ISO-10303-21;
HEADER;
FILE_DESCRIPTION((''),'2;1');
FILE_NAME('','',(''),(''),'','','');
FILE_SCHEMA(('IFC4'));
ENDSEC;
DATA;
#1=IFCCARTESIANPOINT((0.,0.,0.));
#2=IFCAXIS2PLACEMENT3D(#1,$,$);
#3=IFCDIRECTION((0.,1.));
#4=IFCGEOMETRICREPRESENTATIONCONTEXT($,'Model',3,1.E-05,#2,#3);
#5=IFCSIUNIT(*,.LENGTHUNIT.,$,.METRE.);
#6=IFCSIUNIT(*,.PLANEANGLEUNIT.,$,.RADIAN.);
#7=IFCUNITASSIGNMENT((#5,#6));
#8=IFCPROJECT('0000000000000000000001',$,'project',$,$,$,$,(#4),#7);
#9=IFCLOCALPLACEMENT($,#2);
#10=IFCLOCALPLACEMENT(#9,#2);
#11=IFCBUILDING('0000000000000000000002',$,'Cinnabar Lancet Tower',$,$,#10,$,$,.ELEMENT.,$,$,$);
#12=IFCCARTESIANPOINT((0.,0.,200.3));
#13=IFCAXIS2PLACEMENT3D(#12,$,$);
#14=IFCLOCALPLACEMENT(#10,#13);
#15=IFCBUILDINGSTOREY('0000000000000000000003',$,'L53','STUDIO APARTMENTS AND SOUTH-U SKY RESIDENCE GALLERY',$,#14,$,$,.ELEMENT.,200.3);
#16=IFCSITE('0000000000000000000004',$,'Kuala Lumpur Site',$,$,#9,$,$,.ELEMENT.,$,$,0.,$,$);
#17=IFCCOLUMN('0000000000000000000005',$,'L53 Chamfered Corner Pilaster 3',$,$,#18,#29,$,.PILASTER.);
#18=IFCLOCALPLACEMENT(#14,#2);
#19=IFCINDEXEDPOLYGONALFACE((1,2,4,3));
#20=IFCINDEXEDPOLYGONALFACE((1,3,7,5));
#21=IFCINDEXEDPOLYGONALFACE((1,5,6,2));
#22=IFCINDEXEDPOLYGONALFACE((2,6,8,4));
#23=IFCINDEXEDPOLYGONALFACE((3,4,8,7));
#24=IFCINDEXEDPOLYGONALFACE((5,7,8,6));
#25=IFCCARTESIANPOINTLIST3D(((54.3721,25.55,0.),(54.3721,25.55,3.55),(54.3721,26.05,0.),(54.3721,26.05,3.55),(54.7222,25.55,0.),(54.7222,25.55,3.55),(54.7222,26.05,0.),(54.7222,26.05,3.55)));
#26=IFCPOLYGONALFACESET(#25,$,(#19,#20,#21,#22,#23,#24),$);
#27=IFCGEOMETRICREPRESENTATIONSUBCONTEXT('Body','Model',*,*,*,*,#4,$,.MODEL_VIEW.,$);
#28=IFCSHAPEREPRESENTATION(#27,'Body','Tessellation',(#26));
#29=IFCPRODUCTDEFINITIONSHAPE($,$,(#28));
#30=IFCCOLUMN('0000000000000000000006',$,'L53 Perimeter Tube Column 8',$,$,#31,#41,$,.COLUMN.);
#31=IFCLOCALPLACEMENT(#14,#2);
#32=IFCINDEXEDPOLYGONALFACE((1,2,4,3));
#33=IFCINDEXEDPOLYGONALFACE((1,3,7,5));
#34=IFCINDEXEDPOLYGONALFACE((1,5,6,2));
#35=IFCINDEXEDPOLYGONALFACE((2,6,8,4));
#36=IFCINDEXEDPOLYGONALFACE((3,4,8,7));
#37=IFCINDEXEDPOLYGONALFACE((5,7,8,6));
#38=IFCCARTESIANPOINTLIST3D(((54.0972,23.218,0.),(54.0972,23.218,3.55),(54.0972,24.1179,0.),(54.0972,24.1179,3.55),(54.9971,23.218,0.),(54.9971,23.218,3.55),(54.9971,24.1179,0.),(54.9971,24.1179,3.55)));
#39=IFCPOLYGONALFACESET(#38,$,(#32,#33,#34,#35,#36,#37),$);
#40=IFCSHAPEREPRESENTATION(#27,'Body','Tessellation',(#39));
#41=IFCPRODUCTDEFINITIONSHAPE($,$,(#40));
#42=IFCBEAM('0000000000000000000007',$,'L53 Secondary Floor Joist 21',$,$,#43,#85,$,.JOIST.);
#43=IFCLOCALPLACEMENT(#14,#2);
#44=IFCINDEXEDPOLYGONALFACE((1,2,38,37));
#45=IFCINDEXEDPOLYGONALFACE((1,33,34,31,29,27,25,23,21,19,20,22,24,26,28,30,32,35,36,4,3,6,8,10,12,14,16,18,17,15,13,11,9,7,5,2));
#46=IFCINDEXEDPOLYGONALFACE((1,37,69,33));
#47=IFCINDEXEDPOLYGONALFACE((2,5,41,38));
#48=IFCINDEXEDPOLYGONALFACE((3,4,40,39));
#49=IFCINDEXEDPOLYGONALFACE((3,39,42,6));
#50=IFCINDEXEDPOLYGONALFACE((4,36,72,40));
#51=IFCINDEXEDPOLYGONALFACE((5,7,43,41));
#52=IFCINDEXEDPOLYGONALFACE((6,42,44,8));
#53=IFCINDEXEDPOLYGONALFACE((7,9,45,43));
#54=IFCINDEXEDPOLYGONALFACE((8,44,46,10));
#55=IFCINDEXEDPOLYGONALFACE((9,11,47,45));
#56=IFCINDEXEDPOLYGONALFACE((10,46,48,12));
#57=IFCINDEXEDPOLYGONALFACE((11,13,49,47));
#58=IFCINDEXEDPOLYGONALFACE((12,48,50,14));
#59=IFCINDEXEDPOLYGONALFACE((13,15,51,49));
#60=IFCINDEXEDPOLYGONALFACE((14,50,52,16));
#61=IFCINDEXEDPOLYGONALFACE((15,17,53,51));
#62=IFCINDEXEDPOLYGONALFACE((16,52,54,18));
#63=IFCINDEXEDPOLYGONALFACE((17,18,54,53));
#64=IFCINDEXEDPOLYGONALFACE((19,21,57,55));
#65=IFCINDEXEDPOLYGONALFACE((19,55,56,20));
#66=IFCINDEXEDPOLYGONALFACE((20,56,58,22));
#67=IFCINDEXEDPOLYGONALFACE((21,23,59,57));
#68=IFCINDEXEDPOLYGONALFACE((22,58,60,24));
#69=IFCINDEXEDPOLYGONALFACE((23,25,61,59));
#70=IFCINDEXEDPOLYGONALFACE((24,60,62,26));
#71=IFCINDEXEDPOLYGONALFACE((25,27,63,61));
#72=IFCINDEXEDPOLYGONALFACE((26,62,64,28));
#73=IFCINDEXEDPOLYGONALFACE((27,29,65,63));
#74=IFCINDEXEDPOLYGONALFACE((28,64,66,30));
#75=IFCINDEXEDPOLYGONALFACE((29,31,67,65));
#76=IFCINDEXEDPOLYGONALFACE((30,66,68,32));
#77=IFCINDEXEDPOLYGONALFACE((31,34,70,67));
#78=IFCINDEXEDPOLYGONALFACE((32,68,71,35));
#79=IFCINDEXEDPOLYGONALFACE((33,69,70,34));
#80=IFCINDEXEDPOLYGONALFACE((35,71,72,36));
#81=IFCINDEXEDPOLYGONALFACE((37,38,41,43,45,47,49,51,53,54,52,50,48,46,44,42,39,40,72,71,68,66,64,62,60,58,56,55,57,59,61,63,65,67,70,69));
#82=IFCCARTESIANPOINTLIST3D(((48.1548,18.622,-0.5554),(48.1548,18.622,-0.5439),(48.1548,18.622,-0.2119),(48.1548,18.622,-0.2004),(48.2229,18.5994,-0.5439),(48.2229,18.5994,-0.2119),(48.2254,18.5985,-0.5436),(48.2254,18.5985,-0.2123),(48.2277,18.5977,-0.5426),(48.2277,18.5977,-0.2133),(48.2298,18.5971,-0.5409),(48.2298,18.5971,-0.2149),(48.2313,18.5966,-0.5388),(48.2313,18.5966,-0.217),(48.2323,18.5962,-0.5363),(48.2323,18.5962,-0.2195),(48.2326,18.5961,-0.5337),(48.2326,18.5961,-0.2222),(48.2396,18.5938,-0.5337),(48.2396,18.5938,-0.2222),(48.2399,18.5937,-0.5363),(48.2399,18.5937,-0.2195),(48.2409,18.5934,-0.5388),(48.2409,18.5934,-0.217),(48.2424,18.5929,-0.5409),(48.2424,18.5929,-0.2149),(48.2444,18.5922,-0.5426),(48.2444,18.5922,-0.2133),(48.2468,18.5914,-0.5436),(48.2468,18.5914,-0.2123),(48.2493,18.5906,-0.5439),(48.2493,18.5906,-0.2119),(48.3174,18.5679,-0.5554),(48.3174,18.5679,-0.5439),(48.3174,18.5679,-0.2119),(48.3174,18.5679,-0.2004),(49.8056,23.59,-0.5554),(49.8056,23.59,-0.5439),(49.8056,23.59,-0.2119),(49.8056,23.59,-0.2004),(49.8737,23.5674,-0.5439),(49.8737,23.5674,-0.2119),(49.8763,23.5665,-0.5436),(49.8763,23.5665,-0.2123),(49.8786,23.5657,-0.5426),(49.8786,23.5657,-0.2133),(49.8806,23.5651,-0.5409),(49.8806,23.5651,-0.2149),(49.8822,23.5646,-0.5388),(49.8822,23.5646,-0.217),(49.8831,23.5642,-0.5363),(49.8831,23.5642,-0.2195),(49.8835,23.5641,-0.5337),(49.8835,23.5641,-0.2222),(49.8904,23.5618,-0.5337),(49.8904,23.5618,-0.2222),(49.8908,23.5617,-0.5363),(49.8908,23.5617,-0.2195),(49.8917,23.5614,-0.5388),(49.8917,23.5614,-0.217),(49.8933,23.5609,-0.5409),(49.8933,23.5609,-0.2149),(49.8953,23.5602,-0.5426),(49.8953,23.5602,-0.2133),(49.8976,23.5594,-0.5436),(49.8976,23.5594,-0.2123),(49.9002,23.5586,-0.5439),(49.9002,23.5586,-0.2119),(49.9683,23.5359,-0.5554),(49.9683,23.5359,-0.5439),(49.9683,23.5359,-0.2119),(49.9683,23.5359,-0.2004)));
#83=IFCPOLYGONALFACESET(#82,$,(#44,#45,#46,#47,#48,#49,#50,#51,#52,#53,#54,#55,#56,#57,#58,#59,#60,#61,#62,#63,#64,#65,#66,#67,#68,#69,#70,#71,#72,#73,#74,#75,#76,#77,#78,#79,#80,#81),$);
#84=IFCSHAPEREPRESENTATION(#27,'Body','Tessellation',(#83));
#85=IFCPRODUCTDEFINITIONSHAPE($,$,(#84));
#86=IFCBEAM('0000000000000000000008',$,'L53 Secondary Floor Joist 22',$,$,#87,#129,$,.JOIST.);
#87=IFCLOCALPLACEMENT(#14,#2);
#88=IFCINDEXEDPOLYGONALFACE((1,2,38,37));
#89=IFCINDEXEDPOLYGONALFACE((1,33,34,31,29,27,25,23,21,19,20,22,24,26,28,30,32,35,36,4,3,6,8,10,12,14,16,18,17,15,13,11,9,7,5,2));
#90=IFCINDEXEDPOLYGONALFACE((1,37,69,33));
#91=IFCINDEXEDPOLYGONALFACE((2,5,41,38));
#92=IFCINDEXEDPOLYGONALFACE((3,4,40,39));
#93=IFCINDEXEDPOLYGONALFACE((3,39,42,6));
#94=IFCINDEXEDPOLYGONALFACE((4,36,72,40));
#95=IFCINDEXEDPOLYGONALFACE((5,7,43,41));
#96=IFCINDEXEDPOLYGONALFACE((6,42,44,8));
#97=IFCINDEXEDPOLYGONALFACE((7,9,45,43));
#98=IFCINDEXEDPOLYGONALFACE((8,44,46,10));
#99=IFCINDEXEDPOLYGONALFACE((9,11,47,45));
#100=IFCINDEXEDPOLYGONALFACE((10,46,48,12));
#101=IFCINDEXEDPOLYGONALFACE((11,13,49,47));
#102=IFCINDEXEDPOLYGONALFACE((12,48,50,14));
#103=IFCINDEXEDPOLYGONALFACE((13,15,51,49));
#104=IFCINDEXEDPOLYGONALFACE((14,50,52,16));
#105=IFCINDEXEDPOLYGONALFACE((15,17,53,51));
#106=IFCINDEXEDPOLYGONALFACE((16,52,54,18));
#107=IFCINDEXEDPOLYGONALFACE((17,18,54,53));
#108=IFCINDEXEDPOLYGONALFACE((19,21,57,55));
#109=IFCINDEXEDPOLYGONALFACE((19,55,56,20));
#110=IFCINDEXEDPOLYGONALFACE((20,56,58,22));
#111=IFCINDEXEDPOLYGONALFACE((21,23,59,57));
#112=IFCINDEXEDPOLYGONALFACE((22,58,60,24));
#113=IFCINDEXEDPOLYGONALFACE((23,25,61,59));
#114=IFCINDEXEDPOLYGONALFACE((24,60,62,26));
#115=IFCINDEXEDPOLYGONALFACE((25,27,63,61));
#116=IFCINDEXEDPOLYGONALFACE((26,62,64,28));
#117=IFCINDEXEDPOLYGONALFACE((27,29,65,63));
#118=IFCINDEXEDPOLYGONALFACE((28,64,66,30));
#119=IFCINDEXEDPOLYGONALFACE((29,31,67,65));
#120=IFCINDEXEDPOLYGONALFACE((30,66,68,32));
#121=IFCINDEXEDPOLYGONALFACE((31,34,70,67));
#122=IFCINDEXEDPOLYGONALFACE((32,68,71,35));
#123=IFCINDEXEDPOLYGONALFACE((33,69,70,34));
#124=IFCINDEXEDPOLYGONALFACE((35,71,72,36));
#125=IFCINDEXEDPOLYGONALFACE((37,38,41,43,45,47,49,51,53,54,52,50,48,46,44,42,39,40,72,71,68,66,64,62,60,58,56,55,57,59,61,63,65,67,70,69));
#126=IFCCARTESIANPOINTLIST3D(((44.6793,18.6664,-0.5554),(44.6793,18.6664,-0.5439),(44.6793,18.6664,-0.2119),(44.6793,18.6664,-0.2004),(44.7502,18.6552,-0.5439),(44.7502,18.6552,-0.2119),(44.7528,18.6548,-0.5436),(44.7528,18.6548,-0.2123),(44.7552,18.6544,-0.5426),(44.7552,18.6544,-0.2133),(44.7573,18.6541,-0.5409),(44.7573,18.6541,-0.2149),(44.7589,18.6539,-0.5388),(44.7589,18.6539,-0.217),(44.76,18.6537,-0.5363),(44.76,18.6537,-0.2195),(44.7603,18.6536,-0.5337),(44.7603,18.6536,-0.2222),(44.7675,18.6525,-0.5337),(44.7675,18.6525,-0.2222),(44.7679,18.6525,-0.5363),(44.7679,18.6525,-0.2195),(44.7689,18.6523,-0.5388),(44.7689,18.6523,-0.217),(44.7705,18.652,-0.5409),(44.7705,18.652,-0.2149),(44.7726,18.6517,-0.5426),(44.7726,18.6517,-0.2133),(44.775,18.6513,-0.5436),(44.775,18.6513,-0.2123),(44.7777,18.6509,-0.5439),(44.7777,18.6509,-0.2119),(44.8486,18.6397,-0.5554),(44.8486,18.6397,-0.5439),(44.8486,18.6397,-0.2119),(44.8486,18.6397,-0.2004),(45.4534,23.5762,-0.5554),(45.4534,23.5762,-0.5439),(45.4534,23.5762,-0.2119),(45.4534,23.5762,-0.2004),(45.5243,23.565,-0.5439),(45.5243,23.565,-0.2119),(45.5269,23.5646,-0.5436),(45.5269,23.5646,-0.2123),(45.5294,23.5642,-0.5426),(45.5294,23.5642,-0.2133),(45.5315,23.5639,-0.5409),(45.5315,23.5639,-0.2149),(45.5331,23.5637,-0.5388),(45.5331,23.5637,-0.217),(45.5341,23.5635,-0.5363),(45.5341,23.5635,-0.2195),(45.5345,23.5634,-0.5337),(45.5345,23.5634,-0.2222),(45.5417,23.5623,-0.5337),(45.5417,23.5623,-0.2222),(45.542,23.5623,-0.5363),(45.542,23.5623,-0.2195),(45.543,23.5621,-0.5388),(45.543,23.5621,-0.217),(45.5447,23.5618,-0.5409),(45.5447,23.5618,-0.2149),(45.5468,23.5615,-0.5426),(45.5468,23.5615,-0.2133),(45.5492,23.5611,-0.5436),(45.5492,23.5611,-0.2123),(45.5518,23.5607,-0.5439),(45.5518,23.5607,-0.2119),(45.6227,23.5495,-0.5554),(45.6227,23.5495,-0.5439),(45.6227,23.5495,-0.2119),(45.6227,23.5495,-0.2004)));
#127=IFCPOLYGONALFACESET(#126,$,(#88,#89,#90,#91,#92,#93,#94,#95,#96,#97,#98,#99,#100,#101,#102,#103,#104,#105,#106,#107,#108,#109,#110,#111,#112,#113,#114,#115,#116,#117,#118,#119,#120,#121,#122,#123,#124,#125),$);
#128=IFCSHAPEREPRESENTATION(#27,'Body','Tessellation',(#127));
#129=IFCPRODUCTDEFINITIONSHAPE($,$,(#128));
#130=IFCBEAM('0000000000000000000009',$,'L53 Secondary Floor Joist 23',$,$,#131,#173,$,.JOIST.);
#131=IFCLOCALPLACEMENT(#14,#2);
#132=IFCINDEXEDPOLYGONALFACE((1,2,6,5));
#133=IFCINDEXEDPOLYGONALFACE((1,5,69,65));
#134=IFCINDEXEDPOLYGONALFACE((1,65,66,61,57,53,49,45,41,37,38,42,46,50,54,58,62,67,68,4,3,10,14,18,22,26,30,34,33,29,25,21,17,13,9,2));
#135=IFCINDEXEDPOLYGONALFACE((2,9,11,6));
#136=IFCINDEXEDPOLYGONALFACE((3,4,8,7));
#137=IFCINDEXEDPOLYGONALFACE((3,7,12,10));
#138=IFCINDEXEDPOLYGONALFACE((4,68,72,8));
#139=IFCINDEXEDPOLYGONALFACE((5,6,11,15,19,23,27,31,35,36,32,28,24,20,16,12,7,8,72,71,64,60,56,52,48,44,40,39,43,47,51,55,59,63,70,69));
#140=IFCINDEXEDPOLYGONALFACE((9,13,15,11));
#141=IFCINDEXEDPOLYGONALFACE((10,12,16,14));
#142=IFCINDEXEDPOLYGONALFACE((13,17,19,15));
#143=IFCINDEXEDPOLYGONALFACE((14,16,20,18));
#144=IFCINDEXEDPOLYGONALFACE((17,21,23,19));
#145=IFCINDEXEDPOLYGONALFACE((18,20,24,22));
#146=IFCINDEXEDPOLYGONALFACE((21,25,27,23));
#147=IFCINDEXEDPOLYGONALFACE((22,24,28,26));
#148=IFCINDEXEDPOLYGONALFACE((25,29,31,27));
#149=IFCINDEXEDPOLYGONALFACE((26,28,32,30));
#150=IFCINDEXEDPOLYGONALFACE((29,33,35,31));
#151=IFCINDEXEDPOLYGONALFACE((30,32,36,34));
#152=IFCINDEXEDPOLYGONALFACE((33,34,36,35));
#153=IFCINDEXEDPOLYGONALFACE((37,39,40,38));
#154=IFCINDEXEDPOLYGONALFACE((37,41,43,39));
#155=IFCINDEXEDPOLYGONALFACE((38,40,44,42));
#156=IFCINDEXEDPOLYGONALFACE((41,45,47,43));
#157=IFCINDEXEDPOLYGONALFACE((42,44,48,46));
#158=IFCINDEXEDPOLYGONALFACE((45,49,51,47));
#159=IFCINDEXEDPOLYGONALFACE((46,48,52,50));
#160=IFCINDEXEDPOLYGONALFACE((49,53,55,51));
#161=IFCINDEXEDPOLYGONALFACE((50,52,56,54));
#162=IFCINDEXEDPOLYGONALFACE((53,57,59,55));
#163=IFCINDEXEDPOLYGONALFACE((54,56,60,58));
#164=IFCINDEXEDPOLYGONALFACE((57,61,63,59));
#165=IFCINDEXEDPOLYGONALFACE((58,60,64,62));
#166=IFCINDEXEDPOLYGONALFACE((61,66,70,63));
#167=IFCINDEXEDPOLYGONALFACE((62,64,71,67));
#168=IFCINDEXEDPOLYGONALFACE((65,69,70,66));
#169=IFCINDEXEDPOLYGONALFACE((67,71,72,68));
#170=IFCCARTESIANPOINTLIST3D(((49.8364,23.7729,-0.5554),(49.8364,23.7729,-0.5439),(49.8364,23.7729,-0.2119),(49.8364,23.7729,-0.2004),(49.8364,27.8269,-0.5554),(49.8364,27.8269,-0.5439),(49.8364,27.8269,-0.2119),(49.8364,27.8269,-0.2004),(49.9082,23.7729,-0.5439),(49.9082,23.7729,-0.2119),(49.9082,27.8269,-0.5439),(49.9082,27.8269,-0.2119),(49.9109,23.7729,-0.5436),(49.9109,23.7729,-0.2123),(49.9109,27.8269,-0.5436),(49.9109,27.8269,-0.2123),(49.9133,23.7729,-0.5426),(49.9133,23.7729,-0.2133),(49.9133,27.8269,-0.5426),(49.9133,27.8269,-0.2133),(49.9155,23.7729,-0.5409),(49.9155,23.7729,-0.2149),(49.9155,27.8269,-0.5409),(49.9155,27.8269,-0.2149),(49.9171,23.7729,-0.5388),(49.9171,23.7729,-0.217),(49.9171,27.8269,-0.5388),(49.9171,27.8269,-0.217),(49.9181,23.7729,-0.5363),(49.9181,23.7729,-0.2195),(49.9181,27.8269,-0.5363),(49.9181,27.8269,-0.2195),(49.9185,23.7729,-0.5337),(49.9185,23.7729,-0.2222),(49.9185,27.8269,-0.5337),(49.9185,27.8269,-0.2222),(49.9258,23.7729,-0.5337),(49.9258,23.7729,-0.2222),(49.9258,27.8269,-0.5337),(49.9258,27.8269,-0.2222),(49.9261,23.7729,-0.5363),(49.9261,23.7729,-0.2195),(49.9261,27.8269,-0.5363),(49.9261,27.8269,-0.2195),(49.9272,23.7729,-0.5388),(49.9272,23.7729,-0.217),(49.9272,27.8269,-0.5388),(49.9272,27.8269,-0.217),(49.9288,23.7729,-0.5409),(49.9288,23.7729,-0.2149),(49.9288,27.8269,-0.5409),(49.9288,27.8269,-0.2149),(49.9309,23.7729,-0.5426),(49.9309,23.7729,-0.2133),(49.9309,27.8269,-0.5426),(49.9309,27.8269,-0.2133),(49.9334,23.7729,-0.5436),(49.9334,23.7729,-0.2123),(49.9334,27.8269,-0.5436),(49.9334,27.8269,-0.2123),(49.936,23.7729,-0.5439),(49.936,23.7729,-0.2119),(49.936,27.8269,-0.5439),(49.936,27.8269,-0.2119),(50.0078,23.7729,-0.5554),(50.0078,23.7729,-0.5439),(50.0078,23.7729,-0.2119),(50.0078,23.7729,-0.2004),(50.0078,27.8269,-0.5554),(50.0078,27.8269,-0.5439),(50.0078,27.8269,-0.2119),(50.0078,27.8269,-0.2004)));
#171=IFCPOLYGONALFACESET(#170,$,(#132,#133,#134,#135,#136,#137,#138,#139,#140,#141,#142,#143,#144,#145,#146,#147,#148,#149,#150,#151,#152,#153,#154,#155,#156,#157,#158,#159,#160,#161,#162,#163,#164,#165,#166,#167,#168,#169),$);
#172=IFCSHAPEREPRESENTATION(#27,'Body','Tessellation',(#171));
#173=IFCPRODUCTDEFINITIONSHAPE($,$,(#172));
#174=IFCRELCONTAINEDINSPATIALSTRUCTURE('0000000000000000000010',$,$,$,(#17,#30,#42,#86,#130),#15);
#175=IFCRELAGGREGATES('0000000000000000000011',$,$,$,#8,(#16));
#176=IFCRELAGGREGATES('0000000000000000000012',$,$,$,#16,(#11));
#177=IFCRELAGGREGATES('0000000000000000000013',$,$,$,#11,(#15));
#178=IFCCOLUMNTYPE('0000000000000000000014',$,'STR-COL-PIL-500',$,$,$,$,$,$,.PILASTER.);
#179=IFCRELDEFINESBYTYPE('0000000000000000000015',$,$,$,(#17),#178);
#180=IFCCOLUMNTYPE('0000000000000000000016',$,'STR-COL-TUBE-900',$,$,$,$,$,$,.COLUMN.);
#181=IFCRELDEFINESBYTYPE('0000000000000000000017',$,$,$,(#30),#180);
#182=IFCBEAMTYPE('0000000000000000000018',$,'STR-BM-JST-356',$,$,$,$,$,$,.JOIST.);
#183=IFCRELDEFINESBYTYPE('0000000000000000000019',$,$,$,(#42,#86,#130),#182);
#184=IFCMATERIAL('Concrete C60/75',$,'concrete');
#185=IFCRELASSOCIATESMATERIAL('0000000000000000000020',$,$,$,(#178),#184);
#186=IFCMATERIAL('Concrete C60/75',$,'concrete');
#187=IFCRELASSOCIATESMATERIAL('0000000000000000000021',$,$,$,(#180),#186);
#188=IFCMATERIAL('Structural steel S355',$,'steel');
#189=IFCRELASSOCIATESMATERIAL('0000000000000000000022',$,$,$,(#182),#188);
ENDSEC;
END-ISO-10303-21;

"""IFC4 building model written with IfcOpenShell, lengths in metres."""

from ifc_helpers import new_model, si_unit, direction, frame, origin, origin_2d, place, context, subcontext, project, spatial, rectangle, i_section, extrude, material, material_profile, profile_set, type_object, element, save


model = new_model("IFC4")

# Units and contexts
model_context = context("Model", 3, precision=1e-05, world=origin(), true_north=direction((0.0, 1.0)))
body_context = subcontext(model_context, "Body", "Model", "MODEL_VIEW")
ifc_project = project(units=[si_unit("LENGTHUNIT", "METRE"), si_unit("PLANEANGLEUNIT", "RADIAN")], contexts=[model_context])

# Site, building, storey
site_placement = place(None, origin())
site = spatial("IfcSite", under=ifc_project, at=site_placement, Name="Kuala Lumpur Site", CompositionType="ELEMENT", RefElevation=0.0)
building_placement = place(site_placement, origin())
building = spatial("IfcBuilding", under=site, at=building_placement, Name="Cinnabar Lancet Tower", CompositionType="ELEMENT")
storey_placement = place(building_placement, frame((0.0, 0.0, 200.3)))
storey = spatial("IfcBuildingStorey", under=building, at=storey_placement, Name="L53", Description="STUDIO APARTMENTS AND SOUTH-U SKY RESIDENCE GALLERY", CompositionType="ELEMENT", Elevation=200.3)

# Columns
ifc_material_1 = material(Name="Concrete C60/75", Category="concrete")
ifc_material_profile_1 = material_profile(ifc_material_1, rectangle(XDim=0.5, YDim=0.3501, at=origin_2d()), Name="RC-PIL 500x350")
ifc_profile_set_1 = profile_set([ifc_material_profile_1], Name="Concrete C60/75")
column_type_1 = type_object("IfcColumnType", Name="STR-COL-PIL-500", PredefinedType="PILASTER", material=ifc_profile_set_1)
column_1_placement = place(storey_placement, frame((54.5471, 25.8, 0.0), z_axis=(0.0, 0.0, 1.0), x_axis=(0.0, 1.0, 0.0)))
element("IfcColumn", 1, at=column_1_placement, inside=storey, type_object=column_type_1, Name="L53 Chamfered Corner Pilaster 3", PredefinedType="PILASTER", context=body_context, shape_type="SweptSolid", body=[
    extrude(rectangle(XDim=0.5, YDim=0.3501, at=origin_2d()), origin(), (0.0, 0.0, 1.0), 3.55),
])
ifc_material_2 = material(Name="Concrete C60/75", Category="concrete")
ifc_material_profile_2 = material_profile(ifc_material_2, rectangle(XDim=0.8999, YDim=0.8999, at=origin_2d()), Name="RC-COL 900x900")
ifc_profile_set_2 = profile_set([ifc_material_profile_2], Name="Concrete C60/75")
column_type_2 = type_object("IfcColumnType", Name="STR-COL-TUBE-900", PredefinedType="COLUMN", material=ifc_profile_set_2)
column_2_placement = place(storey_placement, frame((54.5471, 23.668, 0.0), z_axis=(0.0, 0.0, 1.0), x_axis=(1.0, 0.0, 0.0)))
element("IfcColumn", 2, at=column_2_placement, inside=storey, type_object=column_type_2, Name="L53 Perimeter Tube Column 8", PredefinedType="COLUMN", context=body_context, shape_type="SweptSolid", body=[
    extrude(rectangle(XDim=0.8999, YDim=0.8999, at=origin_2d()), origin(), (0.0, 0.0, 1.0), 3.55),
])

# Beams
ifc_material_3 = material(Name="Structural steel S355", Category="steel")
ifc_material_profile_3 = material_profile(ifc_material_3, i_section(OverallWidth=0.1714, OverallDepth=0.355, WebThickness=0.0073, FlangeThickness=0.0115, FilletRadius=0.0103, at=origin_2d()), Name="UKB 356x171x51")
ifc_profile_set_3 = profile_set([ifc_material_profile_3], Name="Structural steel S355")
beam_type_1 = type_object("IfcBeamType", Name="STR-BM-JST-356", PredefinedType="JOIST", material=ifc_profile_set_3)
beam_1_placement = place(storey_placement, frame((48.2361, 18.595, -0.3779), z_axis=(0.315346, 0.948977, 0.0), x_axis=(-0.948977, 0.315346, 0.0)))
element("IfcBeam", 3, at=beam_1_placement, inside=storey, type_object=beam_type_1, Name="L53 Secondary Floor Joist 21", PredefinedType="JOIST", context=body_context, shape_type="SweptSolid", body=[
    extrude(i_section(OverallWidth=0.1714, OverallDepth=0.355, WebThickness=0.0073, FlangeThickness=0.0115, FilletRadius=0.0103, at=origin_2d()), origin(), (0.0, 0.0, 1.0), 5.2351),
])
beam_2_placement = place(storey_placement, frame((44.7639, 18.6531, -0.3779), z_axis=(0.155751, 0.987796, 0.0), x_axis=(-0.987796, 0.155751, 0.0)))
element("IfcBeam", 4, at=beam_2_placement, inside=storey, type_object=beam_type_1, Name="L53 Secondary Floor Joist 22", PredefinedType="JOIST", context=body_context, shape_type="SweptSolid", body=[
    extrude(i_section(OverallWidth=0.1714, OverallDepth=0.355, WebThickness=0.0073, FlangeThickness=0.0115, FilletRadius=0.0103, at=origin_2d()), origin(), (0.0, 0.0, 1.0), 4.9705),
])
for number, where, z_axis, x_axis, name in (
    (5, (49.9221, 23.7729, -0.3779), (0.0, 1.0, 0.0), (-1.0, 0.0, 0.0), "L53 Secondary Floor Joist 23"),
):
    element("IfcBeam", number, at=place(storey_placement, frame(where, z_axis=z_axis, x_axis=x_axis)), inside=storey, type_object=beam_type_1, Name=name, PredefinedType="JOIST", context=body_context, shape_type="SweptSolid", body=[
        extrude(i_section(OverallWidth=0.1714, OverallDepth=0.355, WebThickness=0.0073, FlangeThickness=0.0115, FilletRadius=0.0103, at=origin_2d()), origin(), (0.0, 0.0, 1.0), 4.054),
    ])

save(model, "model.ifc")
